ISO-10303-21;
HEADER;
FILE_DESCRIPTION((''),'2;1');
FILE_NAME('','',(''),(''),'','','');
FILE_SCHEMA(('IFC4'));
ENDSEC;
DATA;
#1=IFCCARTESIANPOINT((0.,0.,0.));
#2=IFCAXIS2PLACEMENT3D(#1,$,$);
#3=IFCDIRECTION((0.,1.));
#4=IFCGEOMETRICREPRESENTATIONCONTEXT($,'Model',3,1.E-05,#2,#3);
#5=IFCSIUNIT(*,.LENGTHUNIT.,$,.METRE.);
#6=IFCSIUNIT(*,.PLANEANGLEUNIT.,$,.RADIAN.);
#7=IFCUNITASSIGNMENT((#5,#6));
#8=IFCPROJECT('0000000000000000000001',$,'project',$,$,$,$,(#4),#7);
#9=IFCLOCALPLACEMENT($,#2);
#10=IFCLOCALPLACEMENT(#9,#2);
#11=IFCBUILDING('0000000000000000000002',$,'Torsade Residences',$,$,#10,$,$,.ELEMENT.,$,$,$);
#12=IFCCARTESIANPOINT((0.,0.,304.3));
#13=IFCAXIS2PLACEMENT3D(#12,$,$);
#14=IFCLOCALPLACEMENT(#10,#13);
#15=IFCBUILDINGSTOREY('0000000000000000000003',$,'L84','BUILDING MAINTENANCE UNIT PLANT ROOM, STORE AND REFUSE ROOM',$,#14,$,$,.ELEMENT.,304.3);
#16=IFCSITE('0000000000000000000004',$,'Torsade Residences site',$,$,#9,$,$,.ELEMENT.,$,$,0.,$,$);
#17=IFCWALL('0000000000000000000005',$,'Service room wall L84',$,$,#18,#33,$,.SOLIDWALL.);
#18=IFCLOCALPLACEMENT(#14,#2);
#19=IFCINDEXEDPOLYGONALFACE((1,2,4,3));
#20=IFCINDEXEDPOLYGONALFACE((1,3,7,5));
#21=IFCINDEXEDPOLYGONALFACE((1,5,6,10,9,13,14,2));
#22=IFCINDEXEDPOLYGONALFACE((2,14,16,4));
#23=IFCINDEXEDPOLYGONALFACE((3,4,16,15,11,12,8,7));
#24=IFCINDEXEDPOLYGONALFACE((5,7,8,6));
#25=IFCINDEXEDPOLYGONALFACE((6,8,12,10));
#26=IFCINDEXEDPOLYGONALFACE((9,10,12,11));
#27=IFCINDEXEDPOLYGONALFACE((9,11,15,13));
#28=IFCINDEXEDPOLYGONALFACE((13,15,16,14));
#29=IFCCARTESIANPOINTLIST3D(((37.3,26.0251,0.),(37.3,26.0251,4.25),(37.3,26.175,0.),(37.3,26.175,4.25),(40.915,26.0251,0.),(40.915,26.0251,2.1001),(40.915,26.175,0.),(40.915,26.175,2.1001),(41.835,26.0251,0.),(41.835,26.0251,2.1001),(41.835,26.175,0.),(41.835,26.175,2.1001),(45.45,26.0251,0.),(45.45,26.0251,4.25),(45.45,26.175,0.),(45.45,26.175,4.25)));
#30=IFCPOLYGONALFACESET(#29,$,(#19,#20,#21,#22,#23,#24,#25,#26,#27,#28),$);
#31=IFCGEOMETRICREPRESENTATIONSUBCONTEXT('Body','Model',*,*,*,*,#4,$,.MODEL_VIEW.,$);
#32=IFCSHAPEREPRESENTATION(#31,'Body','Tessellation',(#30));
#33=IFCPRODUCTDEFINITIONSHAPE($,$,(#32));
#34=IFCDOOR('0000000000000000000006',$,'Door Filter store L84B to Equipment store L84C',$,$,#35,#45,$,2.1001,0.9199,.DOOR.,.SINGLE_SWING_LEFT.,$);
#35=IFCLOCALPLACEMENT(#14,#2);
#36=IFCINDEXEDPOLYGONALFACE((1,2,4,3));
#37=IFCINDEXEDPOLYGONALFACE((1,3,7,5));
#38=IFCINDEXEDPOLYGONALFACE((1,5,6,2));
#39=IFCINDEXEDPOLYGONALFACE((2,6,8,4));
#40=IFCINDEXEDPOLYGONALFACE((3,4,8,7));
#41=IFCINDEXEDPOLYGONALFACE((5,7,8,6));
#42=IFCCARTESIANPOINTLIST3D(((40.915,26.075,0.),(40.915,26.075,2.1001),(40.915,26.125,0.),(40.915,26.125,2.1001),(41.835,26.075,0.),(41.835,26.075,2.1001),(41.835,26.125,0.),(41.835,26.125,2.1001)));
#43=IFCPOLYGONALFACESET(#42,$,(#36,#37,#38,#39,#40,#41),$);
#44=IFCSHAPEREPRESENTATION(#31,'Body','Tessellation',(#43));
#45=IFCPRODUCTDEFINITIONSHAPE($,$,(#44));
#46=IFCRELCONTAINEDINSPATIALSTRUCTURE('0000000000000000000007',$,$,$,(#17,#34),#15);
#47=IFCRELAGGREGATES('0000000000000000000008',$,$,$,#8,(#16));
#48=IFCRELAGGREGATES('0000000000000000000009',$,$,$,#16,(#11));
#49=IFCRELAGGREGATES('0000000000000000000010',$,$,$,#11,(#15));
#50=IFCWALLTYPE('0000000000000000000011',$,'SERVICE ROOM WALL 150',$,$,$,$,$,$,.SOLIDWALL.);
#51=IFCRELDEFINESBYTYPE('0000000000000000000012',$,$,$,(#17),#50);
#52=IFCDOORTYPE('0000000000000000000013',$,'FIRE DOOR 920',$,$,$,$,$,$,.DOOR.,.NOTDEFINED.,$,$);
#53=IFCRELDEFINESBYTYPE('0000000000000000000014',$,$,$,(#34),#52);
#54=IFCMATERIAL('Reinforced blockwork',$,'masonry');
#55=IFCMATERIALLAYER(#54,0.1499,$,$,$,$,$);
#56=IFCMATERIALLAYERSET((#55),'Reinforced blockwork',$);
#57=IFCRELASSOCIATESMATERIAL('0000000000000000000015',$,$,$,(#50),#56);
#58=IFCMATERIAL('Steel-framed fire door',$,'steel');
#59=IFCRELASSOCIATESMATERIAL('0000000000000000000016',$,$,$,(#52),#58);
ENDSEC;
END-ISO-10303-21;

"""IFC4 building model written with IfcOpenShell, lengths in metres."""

from ifc_helpers import new_model, si_unit, direction, frame, frame_2d, origin, place, context, subcontext, project, spatial, rectangle, extrude, material, layer, layer_set, type_object, element, fill, save


model = new_model("IFC4")

# Units and contexts
model_context = context("Model", 3, precision=1e-05, world=origin(), true_north=direction((0.0, 1.0)))
body_context = subcontext(model_context, "Body", "Model", "MODEL_VIEW")
ifc_project = project(units=[si_unit("LENGTHUNIT", "METRE"), si_unit("PLANEANGLEUNIT", "RADIAN")], contexts=[model_context])

# Site, building, storey
site_placement = place(None, origin())
site = spatial("IfcSite", under=ifc_project, at=site_placement, Name="Torsade Residences site", CompositionType="ELEMENT", RefElevation=0.0)
building_placement = place(site_placement, origin())
building = spatial("IfcBuilding", under=site, at=building_placement, Name="Torsade Residences", CompositionType="ELEMENT")
storey_placement = place(building_placement, frame((0.0, 0.0, 304.3)))
storey = spatial("IfcBuildingStorey", under=building, at=storey_placement, Name="L84", Description="BUILDING MAINTENANCE UNIT PLANT ROOM, STORE AND REFUSE ROOM", CompositionType="ELEMENT", Elevation=304.3)

# Shared definitions
ifc_material_1 = material(Name="Reinforced blockwork", Category="masonry")
ifc_layer_1 = layer(ifc_material_1, 0.1499)
ifc_layer_set_1 = layer_set([ifc_layer_1], Name="Reinforced blockwork")
wall_type_1 = type_object("IfcWallType", Name="SERVICE ROOM WALL 150", PredefinedType="SOLIDWALL", material=ifc_layer_set_1)

# Wall, opening, door
wall_1_placement = place(storey_placement, frame((37.3, 26.1001, 0.0), z_axis=(0.0, 0.0, 1.0), x_axis=(1.0, 0.0, 0.0)))
wall_1 = element("IfcWall", 1, at=wall_1_placement, inside=storey, type_object=wall_type_1, Name="Service room wall L84", PredefinedType="SOLIDWALL", context=body_context, shape_type="SweptSolid", body=[
    extrude(rectangle(XDim=8.1499, YDim=0.1499, at=frame_2d((4.075, 0.0))), origin(), (0.0, 0.0, 1.0), 4.25),
])
opening_placement = place(wall_1_placement, frame((3.615, 0.0, 0.0)))
opening = element("IfcOpeningElement", 2, at=opening_placement, cuts=wall_1, PredefinedType="OPENING", context=body_context, shape_type="SweptSolid", body=[
    extrude(rectangle(XDim=0.9199, YDim=2.1001, at=frame_2d((0.46, 1.05))), frame((0.0, 0.085, 0.0), z_axis=(0.0, -1.0, 0.0), x_axis=(1.0, 0.0, 0.0)), (0.0, 0.0, 1.0), 0.1699),
])
ifc_material_2 = material(Name="Steel-framed fire door", Category="steel")
door_type = type_object("IfcDoorType", Name="FIRE DOOR 920", OperationType="NOTDEFINED", PredefinedType="DOOR", material=ifc_material_2)
door_placement = place(opening_placement, origin())
door = element("IfcDoor", 3, at=door_placement, inside=storey, type_object=door_type, Name="Door Filter store L84B to Equipment store L84C", OperationType="SINGLE_SWING_LEFT", OverallHeight=2.1001, OverallWidth=0.9199, PredefinedType="DOOR", context=body_context, shape_type="SweptSolid", body=[
    extrude(rectangle(XDim=0.9199, YDim=2.1001, at=frame_2d((0.46, 1.05))), frame((0.0, 0.0249, 0.0), z_axis=(0.0, -1.0, 0.0), x_axis=(1.0, 0.0, 0.0)), (0.0, 0.0, 1.0), 0.05),
])
fill(opening, door)

save(model, "model.ifc")
